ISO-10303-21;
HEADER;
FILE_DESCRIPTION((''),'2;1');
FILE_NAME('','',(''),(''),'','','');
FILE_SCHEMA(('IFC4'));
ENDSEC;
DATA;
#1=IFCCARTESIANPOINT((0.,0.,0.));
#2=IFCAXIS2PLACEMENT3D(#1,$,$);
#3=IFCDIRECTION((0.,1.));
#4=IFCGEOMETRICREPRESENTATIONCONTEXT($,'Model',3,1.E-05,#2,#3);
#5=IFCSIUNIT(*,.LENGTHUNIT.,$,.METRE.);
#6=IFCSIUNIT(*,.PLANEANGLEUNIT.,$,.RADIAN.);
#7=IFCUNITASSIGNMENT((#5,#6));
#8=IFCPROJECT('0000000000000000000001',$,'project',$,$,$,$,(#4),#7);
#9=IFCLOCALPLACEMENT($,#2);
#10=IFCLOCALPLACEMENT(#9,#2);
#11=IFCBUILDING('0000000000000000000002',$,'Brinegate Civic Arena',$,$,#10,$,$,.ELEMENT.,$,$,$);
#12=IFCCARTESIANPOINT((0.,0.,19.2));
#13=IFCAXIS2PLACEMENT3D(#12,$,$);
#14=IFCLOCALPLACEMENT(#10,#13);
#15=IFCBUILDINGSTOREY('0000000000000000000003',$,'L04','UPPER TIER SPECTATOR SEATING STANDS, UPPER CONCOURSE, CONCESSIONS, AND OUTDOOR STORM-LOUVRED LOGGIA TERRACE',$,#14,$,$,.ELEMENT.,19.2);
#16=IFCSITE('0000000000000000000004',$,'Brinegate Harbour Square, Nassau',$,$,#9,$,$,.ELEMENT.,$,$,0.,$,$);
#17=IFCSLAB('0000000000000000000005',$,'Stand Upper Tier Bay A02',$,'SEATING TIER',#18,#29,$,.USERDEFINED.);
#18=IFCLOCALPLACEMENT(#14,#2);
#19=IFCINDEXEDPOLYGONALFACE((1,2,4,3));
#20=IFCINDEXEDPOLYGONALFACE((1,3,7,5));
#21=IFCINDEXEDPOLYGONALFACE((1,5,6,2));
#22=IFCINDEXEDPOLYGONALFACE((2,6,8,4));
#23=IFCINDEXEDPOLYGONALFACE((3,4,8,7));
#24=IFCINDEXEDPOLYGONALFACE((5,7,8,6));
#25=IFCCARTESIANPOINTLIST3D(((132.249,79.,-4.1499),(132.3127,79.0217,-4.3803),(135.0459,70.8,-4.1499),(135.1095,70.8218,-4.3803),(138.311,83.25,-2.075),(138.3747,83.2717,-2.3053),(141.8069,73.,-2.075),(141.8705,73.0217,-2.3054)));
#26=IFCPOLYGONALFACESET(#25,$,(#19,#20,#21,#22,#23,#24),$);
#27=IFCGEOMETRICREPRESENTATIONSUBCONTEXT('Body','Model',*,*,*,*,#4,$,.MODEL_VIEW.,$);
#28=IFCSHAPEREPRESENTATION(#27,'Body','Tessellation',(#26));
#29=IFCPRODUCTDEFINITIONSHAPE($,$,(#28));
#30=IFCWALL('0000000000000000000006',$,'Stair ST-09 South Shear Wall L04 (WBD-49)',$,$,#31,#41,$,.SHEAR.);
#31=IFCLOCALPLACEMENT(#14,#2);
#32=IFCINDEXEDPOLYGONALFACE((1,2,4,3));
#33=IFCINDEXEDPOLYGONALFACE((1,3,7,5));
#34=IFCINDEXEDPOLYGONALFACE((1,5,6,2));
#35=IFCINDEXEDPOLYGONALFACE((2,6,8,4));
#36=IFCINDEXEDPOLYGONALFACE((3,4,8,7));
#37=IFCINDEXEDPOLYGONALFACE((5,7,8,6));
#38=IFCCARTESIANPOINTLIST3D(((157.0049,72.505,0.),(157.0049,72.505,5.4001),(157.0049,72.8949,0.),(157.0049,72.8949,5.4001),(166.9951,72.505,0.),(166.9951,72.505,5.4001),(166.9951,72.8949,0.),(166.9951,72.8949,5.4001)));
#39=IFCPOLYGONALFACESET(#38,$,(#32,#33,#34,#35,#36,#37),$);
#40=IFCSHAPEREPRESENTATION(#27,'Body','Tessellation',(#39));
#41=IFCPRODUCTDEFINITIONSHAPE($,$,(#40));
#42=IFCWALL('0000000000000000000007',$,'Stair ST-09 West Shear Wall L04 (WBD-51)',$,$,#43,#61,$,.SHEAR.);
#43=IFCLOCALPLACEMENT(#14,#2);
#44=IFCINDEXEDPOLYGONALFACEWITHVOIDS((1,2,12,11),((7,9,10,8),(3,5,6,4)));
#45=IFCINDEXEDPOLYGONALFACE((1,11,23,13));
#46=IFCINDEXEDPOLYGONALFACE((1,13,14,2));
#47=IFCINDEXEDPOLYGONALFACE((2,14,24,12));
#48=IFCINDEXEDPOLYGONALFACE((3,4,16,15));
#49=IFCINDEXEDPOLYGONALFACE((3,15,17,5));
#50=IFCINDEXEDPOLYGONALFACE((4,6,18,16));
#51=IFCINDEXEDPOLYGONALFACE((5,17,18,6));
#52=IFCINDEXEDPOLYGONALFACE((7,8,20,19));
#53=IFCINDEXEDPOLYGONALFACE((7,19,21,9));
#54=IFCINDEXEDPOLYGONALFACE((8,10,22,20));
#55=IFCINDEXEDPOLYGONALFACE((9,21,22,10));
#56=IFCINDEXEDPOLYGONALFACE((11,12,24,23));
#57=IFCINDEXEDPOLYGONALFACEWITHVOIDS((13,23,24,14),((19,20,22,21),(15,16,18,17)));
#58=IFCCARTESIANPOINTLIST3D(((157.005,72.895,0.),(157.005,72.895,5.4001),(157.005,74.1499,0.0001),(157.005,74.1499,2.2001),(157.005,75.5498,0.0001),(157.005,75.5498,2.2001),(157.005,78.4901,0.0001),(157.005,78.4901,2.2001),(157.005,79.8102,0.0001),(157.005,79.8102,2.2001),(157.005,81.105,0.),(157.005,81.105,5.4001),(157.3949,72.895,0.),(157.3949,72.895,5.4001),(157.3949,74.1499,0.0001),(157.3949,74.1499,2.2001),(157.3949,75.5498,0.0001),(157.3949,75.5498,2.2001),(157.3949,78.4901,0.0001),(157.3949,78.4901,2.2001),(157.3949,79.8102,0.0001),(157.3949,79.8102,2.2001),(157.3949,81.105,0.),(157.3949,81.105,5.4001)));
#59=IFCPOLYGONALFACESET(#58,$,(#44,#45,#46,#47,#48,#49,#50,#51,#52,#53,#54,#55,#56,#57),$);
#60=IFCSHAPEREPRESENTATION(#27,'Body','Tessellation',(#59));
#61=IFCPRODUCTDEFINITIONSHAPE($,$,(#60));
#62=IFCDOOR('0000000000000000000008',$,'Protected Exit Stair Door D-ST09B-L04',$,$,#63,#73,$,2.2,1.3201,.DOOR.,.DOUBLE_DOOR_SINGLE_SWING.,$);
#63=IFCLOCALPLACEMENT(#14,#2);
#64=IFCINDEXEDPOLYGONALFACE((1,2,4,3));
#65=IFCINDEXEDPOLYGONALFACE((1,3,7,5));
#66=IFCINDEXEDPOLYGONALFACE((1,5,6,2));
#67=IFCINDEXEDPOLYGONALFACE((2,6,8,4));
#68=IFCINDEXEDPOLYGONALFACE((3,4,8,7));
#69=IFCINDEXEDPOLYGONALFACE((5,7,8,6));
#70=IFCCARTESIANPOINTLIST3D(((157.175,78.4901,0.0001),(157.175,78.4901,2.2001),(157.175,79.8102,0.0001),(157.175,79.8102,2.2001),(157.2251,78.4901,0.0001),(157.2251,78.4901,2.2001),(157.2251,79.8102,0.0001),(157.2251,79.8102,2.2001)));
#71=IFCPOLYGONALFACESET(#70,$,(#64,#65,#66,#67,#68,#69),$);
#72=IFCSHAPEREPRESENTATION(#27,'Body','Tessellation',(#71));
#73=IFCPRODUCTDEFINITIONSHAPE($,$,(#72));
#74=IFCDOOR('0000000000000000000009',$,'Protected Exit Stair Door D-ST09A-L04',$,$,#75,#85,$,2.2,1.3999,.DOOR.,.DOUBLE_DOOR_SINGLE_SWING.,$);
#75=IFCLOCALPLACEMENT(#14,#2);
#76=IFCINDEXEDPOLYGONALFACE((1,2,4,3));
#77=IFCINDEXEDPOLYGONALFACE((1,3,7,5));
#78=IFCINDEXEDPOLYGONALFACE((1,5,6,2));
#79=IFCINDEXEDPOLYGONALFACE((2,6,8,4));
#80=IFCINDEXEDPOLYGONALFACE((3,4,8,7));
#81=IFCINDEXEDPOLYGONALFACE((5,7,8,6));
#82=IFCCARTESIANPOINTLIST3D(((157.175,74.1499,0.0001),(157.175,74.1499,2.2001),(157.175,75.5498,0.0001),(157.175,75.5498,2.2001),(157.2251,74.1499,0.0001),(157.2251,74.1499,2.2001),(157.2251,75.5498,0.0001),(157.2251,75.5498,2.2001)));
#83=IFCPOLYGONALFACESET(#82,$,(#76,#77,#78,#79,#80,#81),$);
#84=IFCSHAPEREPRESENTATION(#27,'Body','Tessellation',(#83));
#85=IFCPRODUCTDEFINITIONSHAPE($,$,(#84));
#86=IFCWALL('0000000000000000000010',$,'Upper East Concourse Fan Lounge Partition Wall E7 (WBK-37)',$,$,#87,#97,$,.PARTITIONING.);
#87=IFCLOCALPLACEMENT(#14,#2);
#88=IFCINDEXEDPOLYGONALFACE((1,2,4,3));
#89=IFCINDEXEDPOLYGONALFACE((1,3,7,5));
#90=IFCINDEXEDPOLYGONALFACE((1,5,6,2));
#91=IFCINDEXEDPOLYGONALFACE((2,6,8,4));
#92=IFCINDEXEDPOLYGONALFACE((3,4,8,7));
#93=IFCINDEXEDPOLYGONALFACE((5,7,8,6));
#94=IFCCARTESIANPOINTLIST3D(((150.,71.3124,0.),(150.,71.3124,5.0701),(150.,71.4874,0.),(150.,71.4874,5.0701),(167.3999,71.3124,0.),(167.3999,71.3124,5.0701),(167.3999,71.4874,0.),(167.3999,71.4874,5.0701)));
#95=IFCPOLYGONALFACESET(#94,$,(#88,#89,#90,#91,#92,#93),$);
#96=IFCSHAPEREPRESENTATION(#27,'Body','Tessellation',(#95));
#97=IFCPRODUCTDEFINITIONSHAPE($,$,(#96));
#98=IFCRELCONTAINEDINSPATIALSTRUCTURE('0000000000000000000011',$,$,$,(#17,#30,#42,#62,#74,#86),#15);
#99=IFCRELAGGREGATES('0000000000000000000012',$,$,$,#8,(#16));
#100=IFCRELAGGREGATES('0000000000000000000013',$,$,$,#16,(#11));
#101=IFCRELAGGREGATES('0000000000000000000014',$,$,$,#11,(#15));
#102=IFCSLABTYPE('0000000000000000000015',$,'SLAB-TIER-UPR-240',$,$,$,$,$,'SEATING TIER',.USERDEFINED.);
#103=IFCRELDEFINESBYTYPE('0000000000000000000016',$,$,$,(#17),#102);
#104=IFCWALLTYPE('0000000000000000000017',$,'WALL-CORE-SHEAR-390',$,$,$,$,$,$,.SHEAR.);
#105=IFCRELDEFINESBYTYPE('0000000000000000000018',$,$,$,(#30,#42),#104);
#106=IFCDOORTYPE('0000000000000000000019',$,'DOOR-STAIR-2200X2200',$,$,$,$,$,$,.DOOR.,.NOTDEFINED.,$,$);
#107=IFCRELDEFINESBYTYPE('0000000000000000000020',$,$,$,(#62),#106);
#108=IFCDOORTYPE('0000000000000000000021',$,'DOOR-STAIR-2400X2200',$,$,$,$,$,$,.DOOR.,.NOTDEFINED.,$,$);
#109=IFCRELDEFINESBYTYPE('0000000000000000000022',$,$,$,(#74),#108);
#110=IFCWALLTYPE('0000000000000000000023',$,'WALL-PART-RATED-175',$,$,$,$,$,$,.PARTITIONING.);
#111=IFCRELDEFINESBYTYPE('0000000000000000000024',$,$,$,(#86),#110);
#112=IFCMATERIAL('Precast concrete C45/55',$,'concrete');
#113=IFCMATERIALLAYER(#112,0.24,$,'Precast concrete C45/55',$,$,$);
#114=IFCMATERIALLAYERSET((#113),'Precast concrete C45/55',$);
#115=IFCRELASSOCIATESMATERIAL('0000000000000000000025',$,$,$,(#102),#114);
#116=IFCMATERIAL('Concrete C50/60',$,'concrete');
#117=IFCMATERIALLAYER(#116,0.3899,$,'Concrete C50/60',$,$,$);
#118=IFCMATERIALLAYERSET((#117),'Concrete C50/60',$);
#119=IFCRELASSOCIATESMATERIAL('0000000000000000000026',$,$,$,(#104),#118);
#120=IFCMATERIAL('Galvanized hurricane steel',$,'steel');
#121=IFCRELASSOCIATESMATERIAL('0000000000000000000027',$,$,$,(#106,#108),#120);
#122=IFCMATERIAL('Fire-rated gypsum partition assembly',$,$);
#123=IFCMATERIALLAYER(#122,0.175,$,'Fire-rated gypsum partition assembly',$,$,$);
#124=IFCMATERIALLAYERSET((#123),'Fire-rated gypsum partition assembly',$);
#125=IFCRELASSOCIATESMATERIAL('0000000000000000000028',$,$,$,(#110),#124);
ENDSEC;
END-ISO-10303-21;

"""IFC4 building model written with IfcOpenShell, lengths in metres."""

from ifc_helpers import new_model, si_unit, direction, frame, frame_2d, origin, place, context, subcontext, project, spatial, polyline, rectangle, outline, extrude, material, layer, layer_set, type_object, element, fill, save


model = new_model("IFC4")

# Units and contexts
model_context = context("Model", 3, precision=1e-05, world=origin(), true_north=direction((0.0, 1.0)))
body_context = subcontext(model_context, "Body", "Model", "MODEL_VIEW")
ifc_project = project(units=[si_unit("LENGTHUNIT", "METRE"), si_unit("PLANEANGLEUNIT", "RADIAN")], contexts=[model_context])

# Site, building, storey
site_placement = place(None, origin())
site = spatial("IfcSite", under=ifc_project, at=site_placement, Name="Brinegate Harbour Square, Nassau", CompositionType="ELEMENT", RefElevation=0.0)
building_placement = place(site_placement, origin())
building = spatial("IfcBuilding", under=site, at=building_placement, Name="Brinegate Civic Arena", CompositionType="ELEMENT")
storey_placement = place(building_placement, frame((0.0, 0.0, 19.2)))
storey = spatial("IfcBuildingStorey", under=building, at=storey_placement, Name="L04", Description="UPPER TIER SPECTATOR SEATING STANDS, UPPER CONCOURSE, CONCESSIONS, AND OUTDOOR STORM-LOUVRED LOGGIA TERRACE", CompositionType="ELEMENT", Elevation=19.2)

# Shared definitions
ifc_material_1 = material(Name="Concrete C50/60", Category="concrete")

# Slab
ifc_material_2 = material(Name="Precast concrete C45/55", Category="concrete")
ifc_layer_1 = layer(ifc_material_2, 0.24, Name="Precast concrete C45/55")
ifc_layer_set_1 = layer_set([ifc_layer_1], Name="Precast concrete C45/55")
slab_type = type_object("IfcSlabType", Name="SLAB-TIER-UPR-240", ElementType="SEATING TIER", PredefinedType="USERDEFINED", material=ifc_layer_set_1)
slab_1_placement = place(storey_placement, frame((135.0459, 70.8, -4.1499), z_axis=(-0.265175, -0.090443, 0.959949), x_axis=(-0.322822, 0.94646, -0.000003)))
element("IfcSlab", 1, at=slab_1_placement, inside=storey, type_object=slab_type, Name="Stand Upper Tier Bay A02", ObjectType="SEATING TIER", PredefinedType="USERDEFINED", context=body_context, shape_type="SweptSolid", body=[
    extrude(outline(polyline([(0.0, 0.0), (8.6638, 0.0), (10.7293, -7.4061), (-0.1004, -7.4058), (0.0, 0.0)])), origin(), (0.0, 0.0, -1.0), 0.24),
])

# Wall
ifc_layer_2 = layer(ifc_material_1, 0.3899, Name="Concrete C50/60")
ifc_layer_set_2 = layer_set([ifc_layer_2], Name="Concrete C50/60")
wall_type_1 = type_object("IfcWallType", Name="WALL-CORE-SHEAR-390", PredefinedType="SHEAR", material=ifc_layer_set_2)
wall_1_placement = place(storey_placement, frame((157.0049, 72.7, 0.0), z_axis=(0.0, 0.0, 1.0), x_axis=(1.0, 0.0, 0.0)))
element("IfcWall", 2, at=wall_1_placement, inside=storey, type_object=wall_type_1, Name="Stair ST-09 South Shear Wall L04 (WBD-49)", PredefinedType="SHEAR", context=body_context, shape_type="SweptSolid", body=[
    extrude(rectangle(XDim=9.9902, YDim=0.3899, at=frame_2d((4.9951, 0.0))), origin(), (0.0, 0.0, 1.0), 5.4001),
])

# Wall, openings, doors
wall_2_placement = place(storey_placement, frame((157.2, 72.895, 0.0), z_axis=(0.0, 0.0, 1.0), x_axis=(0.0, 1.0, 0.0)))
wall_2 = element("IfcWall", 3, at=wall_2_placement, inside=storey, type_object=wall_type_1, Name="Stair ST-09 West Shear Wall L04 (WBD-51)", PredefinedType="SHEAR", context=body_context, shape_type="SweptSolid", body=[
    extrude(rectangle(XDim=8.21, YDim=0.3899, at=frame_2d((4.105, 0.0))), origin(), (0.0, 0.0, 1.0), 5.4001),
])
opening_1_placement = place(wall_2_placement, frame((1.2549, 0.0, 0.0)))
opening_1 = element("IfcOpeningElement", 4, at=opening_1_placement, cuts=wall_2, PredefinedType="OPENING", context=body_context, shape_type="SweptSolid", body=[
    extrude(rectangle(XDim=1.3999, YDim=2.2, at=frame_2d((0.7, 1.1001))), frame((0.0, 0.2048, 0.0), z_axis=(0.0, -1.0, 0.0), x_axis=(1.0, 0.0, 0.0)), (0.0, 0.0, 1.0), 0.4099),
])
opening_2_placement = place(wall_2_placement, frame((5.595, 0.0, 0.0)))
opening_2 = element("IfcOpeningElement", 5, at=opening_2_placement, cuts=wall_2, PredefinedType="OPENING", context=body_context, shape_type="SweptSolid", body=[
    extrude(rectangle(XDim=1.3201, YDim=2.2, at=frame_2d((0.6602, 1.1001))), frame((0.0, 0.2048, 0.0), z_axis=(0.0, -1.0, 0.0), x_axis=(1.0, 0.0, 0.0)), (0.0, 0.0, 1.0), 0.4099),
])
ifc_material_3 = material(Name="Galvanized hurricane steel", Category="steel")
door_type_1 = type_object("IfcDoorType", Name="DOOR-STAIR-2200X2200", OperationType="NOTDEFINED", PredefinedType="DOOR", material=ifc_material_3)
door_1_placement = place(opening_2_placement, origin())
door_1 = element("IfcDoor", 6, at=door_1_placement, inside=storey, type_object=door_type_1, Name="Protected Exit Stair Door D-ST09B-L04", OperationType="DOUBLE_DOOR_SINGLE_SWING", OverallHeight=2.2, OverallWidth=1.3201, PredefinedType="DOOR", context=body_context, shape_type="SweptSolid", body=[
    extrude(rectangle(XDim=1.3201, YDim=2.2, at=frame_2d((0.6602, 1.1001))), frame((0.0, 0.0249, 0.0), z_axis=(0.0, -1.0, 0.0), x_axis=(1.0, 0.0, 0.0)), (0.0, 0.0, 1.0), 0.05),
])
fill(opening_2, door_1)
door_type_2 = type_object("IfcDoorType", Name="DOOR-STAIR-2400X2200", OperationType="NOTDEFINED", PredefinedType="DOOR", material=ifc_material_3)
door_2_placement = place(opening_1_placement, origin())
door_2 = element("IfcDoor", 7, at=door_2_placement, inside=storey, type_object=door_type_2, Name="Protected Exit Stair Door D-ST09A-L04", OperationType="DOUBLE_DOOR_SINGLE_SWING", OverallHeight=2.2, OverallWidth=1.3999, PredefinedType="DOOR", context=body_context, shape_type="SweptSolid", body=[
    extrude(rectangle(XDim=1.3999, YDim=2.2, at=frame_2d((0.7, 1.1001))), frame((0.0, 0.0249, 0.0), z_axis=(0.0, -1.0, 0.0), x_axis=(1.0, 0.0, 0.0)), (0.0, 0.0, 1.0), 0.05),
])
fill(opening_1, door_2)

# Wall
ifc_material_4 = material(Name="Fire-rated gypsum partition assembly")
ifc_layer_3 = layer(ifc_material_4, 0.175, Name="Fire-rated gypsum partition assembly")
ifc_layer_set_3 = layer_set([ifc_layer_3], Name="Fire-rated gypsum partition assembly")
wall_type_2 = type_object("IfcWallType", Name="WALL-PART-RATED-175", PredefinedType="PARTITIONING", material=ifc_layer_set_3)
wall_3_placement = place(storey_placement, frame((150.0, 71.3999, 0.0), z_axis=(0.0, 0.0, 1.0), x_axis=(1.0, 0.0, 0.0)))
element("IfcWall", 8, at=wall_3_placement, inside=storey, type_object=wall_type_2, Name="Upper East Concourse Fan Lounge Partition Wall E7 (WBK-37)", PredefinedType="PARTITIONING", context=body_context, shape_type="SweptSolid", body=[
    extrude(rectangle(XDim=17.3999, YDim=0.175, at=frame_2d((8.7, 0.0))), origin(), (0.0, 0.0, 1.0), 5.0701),
])

save(model, "model.ifc")
